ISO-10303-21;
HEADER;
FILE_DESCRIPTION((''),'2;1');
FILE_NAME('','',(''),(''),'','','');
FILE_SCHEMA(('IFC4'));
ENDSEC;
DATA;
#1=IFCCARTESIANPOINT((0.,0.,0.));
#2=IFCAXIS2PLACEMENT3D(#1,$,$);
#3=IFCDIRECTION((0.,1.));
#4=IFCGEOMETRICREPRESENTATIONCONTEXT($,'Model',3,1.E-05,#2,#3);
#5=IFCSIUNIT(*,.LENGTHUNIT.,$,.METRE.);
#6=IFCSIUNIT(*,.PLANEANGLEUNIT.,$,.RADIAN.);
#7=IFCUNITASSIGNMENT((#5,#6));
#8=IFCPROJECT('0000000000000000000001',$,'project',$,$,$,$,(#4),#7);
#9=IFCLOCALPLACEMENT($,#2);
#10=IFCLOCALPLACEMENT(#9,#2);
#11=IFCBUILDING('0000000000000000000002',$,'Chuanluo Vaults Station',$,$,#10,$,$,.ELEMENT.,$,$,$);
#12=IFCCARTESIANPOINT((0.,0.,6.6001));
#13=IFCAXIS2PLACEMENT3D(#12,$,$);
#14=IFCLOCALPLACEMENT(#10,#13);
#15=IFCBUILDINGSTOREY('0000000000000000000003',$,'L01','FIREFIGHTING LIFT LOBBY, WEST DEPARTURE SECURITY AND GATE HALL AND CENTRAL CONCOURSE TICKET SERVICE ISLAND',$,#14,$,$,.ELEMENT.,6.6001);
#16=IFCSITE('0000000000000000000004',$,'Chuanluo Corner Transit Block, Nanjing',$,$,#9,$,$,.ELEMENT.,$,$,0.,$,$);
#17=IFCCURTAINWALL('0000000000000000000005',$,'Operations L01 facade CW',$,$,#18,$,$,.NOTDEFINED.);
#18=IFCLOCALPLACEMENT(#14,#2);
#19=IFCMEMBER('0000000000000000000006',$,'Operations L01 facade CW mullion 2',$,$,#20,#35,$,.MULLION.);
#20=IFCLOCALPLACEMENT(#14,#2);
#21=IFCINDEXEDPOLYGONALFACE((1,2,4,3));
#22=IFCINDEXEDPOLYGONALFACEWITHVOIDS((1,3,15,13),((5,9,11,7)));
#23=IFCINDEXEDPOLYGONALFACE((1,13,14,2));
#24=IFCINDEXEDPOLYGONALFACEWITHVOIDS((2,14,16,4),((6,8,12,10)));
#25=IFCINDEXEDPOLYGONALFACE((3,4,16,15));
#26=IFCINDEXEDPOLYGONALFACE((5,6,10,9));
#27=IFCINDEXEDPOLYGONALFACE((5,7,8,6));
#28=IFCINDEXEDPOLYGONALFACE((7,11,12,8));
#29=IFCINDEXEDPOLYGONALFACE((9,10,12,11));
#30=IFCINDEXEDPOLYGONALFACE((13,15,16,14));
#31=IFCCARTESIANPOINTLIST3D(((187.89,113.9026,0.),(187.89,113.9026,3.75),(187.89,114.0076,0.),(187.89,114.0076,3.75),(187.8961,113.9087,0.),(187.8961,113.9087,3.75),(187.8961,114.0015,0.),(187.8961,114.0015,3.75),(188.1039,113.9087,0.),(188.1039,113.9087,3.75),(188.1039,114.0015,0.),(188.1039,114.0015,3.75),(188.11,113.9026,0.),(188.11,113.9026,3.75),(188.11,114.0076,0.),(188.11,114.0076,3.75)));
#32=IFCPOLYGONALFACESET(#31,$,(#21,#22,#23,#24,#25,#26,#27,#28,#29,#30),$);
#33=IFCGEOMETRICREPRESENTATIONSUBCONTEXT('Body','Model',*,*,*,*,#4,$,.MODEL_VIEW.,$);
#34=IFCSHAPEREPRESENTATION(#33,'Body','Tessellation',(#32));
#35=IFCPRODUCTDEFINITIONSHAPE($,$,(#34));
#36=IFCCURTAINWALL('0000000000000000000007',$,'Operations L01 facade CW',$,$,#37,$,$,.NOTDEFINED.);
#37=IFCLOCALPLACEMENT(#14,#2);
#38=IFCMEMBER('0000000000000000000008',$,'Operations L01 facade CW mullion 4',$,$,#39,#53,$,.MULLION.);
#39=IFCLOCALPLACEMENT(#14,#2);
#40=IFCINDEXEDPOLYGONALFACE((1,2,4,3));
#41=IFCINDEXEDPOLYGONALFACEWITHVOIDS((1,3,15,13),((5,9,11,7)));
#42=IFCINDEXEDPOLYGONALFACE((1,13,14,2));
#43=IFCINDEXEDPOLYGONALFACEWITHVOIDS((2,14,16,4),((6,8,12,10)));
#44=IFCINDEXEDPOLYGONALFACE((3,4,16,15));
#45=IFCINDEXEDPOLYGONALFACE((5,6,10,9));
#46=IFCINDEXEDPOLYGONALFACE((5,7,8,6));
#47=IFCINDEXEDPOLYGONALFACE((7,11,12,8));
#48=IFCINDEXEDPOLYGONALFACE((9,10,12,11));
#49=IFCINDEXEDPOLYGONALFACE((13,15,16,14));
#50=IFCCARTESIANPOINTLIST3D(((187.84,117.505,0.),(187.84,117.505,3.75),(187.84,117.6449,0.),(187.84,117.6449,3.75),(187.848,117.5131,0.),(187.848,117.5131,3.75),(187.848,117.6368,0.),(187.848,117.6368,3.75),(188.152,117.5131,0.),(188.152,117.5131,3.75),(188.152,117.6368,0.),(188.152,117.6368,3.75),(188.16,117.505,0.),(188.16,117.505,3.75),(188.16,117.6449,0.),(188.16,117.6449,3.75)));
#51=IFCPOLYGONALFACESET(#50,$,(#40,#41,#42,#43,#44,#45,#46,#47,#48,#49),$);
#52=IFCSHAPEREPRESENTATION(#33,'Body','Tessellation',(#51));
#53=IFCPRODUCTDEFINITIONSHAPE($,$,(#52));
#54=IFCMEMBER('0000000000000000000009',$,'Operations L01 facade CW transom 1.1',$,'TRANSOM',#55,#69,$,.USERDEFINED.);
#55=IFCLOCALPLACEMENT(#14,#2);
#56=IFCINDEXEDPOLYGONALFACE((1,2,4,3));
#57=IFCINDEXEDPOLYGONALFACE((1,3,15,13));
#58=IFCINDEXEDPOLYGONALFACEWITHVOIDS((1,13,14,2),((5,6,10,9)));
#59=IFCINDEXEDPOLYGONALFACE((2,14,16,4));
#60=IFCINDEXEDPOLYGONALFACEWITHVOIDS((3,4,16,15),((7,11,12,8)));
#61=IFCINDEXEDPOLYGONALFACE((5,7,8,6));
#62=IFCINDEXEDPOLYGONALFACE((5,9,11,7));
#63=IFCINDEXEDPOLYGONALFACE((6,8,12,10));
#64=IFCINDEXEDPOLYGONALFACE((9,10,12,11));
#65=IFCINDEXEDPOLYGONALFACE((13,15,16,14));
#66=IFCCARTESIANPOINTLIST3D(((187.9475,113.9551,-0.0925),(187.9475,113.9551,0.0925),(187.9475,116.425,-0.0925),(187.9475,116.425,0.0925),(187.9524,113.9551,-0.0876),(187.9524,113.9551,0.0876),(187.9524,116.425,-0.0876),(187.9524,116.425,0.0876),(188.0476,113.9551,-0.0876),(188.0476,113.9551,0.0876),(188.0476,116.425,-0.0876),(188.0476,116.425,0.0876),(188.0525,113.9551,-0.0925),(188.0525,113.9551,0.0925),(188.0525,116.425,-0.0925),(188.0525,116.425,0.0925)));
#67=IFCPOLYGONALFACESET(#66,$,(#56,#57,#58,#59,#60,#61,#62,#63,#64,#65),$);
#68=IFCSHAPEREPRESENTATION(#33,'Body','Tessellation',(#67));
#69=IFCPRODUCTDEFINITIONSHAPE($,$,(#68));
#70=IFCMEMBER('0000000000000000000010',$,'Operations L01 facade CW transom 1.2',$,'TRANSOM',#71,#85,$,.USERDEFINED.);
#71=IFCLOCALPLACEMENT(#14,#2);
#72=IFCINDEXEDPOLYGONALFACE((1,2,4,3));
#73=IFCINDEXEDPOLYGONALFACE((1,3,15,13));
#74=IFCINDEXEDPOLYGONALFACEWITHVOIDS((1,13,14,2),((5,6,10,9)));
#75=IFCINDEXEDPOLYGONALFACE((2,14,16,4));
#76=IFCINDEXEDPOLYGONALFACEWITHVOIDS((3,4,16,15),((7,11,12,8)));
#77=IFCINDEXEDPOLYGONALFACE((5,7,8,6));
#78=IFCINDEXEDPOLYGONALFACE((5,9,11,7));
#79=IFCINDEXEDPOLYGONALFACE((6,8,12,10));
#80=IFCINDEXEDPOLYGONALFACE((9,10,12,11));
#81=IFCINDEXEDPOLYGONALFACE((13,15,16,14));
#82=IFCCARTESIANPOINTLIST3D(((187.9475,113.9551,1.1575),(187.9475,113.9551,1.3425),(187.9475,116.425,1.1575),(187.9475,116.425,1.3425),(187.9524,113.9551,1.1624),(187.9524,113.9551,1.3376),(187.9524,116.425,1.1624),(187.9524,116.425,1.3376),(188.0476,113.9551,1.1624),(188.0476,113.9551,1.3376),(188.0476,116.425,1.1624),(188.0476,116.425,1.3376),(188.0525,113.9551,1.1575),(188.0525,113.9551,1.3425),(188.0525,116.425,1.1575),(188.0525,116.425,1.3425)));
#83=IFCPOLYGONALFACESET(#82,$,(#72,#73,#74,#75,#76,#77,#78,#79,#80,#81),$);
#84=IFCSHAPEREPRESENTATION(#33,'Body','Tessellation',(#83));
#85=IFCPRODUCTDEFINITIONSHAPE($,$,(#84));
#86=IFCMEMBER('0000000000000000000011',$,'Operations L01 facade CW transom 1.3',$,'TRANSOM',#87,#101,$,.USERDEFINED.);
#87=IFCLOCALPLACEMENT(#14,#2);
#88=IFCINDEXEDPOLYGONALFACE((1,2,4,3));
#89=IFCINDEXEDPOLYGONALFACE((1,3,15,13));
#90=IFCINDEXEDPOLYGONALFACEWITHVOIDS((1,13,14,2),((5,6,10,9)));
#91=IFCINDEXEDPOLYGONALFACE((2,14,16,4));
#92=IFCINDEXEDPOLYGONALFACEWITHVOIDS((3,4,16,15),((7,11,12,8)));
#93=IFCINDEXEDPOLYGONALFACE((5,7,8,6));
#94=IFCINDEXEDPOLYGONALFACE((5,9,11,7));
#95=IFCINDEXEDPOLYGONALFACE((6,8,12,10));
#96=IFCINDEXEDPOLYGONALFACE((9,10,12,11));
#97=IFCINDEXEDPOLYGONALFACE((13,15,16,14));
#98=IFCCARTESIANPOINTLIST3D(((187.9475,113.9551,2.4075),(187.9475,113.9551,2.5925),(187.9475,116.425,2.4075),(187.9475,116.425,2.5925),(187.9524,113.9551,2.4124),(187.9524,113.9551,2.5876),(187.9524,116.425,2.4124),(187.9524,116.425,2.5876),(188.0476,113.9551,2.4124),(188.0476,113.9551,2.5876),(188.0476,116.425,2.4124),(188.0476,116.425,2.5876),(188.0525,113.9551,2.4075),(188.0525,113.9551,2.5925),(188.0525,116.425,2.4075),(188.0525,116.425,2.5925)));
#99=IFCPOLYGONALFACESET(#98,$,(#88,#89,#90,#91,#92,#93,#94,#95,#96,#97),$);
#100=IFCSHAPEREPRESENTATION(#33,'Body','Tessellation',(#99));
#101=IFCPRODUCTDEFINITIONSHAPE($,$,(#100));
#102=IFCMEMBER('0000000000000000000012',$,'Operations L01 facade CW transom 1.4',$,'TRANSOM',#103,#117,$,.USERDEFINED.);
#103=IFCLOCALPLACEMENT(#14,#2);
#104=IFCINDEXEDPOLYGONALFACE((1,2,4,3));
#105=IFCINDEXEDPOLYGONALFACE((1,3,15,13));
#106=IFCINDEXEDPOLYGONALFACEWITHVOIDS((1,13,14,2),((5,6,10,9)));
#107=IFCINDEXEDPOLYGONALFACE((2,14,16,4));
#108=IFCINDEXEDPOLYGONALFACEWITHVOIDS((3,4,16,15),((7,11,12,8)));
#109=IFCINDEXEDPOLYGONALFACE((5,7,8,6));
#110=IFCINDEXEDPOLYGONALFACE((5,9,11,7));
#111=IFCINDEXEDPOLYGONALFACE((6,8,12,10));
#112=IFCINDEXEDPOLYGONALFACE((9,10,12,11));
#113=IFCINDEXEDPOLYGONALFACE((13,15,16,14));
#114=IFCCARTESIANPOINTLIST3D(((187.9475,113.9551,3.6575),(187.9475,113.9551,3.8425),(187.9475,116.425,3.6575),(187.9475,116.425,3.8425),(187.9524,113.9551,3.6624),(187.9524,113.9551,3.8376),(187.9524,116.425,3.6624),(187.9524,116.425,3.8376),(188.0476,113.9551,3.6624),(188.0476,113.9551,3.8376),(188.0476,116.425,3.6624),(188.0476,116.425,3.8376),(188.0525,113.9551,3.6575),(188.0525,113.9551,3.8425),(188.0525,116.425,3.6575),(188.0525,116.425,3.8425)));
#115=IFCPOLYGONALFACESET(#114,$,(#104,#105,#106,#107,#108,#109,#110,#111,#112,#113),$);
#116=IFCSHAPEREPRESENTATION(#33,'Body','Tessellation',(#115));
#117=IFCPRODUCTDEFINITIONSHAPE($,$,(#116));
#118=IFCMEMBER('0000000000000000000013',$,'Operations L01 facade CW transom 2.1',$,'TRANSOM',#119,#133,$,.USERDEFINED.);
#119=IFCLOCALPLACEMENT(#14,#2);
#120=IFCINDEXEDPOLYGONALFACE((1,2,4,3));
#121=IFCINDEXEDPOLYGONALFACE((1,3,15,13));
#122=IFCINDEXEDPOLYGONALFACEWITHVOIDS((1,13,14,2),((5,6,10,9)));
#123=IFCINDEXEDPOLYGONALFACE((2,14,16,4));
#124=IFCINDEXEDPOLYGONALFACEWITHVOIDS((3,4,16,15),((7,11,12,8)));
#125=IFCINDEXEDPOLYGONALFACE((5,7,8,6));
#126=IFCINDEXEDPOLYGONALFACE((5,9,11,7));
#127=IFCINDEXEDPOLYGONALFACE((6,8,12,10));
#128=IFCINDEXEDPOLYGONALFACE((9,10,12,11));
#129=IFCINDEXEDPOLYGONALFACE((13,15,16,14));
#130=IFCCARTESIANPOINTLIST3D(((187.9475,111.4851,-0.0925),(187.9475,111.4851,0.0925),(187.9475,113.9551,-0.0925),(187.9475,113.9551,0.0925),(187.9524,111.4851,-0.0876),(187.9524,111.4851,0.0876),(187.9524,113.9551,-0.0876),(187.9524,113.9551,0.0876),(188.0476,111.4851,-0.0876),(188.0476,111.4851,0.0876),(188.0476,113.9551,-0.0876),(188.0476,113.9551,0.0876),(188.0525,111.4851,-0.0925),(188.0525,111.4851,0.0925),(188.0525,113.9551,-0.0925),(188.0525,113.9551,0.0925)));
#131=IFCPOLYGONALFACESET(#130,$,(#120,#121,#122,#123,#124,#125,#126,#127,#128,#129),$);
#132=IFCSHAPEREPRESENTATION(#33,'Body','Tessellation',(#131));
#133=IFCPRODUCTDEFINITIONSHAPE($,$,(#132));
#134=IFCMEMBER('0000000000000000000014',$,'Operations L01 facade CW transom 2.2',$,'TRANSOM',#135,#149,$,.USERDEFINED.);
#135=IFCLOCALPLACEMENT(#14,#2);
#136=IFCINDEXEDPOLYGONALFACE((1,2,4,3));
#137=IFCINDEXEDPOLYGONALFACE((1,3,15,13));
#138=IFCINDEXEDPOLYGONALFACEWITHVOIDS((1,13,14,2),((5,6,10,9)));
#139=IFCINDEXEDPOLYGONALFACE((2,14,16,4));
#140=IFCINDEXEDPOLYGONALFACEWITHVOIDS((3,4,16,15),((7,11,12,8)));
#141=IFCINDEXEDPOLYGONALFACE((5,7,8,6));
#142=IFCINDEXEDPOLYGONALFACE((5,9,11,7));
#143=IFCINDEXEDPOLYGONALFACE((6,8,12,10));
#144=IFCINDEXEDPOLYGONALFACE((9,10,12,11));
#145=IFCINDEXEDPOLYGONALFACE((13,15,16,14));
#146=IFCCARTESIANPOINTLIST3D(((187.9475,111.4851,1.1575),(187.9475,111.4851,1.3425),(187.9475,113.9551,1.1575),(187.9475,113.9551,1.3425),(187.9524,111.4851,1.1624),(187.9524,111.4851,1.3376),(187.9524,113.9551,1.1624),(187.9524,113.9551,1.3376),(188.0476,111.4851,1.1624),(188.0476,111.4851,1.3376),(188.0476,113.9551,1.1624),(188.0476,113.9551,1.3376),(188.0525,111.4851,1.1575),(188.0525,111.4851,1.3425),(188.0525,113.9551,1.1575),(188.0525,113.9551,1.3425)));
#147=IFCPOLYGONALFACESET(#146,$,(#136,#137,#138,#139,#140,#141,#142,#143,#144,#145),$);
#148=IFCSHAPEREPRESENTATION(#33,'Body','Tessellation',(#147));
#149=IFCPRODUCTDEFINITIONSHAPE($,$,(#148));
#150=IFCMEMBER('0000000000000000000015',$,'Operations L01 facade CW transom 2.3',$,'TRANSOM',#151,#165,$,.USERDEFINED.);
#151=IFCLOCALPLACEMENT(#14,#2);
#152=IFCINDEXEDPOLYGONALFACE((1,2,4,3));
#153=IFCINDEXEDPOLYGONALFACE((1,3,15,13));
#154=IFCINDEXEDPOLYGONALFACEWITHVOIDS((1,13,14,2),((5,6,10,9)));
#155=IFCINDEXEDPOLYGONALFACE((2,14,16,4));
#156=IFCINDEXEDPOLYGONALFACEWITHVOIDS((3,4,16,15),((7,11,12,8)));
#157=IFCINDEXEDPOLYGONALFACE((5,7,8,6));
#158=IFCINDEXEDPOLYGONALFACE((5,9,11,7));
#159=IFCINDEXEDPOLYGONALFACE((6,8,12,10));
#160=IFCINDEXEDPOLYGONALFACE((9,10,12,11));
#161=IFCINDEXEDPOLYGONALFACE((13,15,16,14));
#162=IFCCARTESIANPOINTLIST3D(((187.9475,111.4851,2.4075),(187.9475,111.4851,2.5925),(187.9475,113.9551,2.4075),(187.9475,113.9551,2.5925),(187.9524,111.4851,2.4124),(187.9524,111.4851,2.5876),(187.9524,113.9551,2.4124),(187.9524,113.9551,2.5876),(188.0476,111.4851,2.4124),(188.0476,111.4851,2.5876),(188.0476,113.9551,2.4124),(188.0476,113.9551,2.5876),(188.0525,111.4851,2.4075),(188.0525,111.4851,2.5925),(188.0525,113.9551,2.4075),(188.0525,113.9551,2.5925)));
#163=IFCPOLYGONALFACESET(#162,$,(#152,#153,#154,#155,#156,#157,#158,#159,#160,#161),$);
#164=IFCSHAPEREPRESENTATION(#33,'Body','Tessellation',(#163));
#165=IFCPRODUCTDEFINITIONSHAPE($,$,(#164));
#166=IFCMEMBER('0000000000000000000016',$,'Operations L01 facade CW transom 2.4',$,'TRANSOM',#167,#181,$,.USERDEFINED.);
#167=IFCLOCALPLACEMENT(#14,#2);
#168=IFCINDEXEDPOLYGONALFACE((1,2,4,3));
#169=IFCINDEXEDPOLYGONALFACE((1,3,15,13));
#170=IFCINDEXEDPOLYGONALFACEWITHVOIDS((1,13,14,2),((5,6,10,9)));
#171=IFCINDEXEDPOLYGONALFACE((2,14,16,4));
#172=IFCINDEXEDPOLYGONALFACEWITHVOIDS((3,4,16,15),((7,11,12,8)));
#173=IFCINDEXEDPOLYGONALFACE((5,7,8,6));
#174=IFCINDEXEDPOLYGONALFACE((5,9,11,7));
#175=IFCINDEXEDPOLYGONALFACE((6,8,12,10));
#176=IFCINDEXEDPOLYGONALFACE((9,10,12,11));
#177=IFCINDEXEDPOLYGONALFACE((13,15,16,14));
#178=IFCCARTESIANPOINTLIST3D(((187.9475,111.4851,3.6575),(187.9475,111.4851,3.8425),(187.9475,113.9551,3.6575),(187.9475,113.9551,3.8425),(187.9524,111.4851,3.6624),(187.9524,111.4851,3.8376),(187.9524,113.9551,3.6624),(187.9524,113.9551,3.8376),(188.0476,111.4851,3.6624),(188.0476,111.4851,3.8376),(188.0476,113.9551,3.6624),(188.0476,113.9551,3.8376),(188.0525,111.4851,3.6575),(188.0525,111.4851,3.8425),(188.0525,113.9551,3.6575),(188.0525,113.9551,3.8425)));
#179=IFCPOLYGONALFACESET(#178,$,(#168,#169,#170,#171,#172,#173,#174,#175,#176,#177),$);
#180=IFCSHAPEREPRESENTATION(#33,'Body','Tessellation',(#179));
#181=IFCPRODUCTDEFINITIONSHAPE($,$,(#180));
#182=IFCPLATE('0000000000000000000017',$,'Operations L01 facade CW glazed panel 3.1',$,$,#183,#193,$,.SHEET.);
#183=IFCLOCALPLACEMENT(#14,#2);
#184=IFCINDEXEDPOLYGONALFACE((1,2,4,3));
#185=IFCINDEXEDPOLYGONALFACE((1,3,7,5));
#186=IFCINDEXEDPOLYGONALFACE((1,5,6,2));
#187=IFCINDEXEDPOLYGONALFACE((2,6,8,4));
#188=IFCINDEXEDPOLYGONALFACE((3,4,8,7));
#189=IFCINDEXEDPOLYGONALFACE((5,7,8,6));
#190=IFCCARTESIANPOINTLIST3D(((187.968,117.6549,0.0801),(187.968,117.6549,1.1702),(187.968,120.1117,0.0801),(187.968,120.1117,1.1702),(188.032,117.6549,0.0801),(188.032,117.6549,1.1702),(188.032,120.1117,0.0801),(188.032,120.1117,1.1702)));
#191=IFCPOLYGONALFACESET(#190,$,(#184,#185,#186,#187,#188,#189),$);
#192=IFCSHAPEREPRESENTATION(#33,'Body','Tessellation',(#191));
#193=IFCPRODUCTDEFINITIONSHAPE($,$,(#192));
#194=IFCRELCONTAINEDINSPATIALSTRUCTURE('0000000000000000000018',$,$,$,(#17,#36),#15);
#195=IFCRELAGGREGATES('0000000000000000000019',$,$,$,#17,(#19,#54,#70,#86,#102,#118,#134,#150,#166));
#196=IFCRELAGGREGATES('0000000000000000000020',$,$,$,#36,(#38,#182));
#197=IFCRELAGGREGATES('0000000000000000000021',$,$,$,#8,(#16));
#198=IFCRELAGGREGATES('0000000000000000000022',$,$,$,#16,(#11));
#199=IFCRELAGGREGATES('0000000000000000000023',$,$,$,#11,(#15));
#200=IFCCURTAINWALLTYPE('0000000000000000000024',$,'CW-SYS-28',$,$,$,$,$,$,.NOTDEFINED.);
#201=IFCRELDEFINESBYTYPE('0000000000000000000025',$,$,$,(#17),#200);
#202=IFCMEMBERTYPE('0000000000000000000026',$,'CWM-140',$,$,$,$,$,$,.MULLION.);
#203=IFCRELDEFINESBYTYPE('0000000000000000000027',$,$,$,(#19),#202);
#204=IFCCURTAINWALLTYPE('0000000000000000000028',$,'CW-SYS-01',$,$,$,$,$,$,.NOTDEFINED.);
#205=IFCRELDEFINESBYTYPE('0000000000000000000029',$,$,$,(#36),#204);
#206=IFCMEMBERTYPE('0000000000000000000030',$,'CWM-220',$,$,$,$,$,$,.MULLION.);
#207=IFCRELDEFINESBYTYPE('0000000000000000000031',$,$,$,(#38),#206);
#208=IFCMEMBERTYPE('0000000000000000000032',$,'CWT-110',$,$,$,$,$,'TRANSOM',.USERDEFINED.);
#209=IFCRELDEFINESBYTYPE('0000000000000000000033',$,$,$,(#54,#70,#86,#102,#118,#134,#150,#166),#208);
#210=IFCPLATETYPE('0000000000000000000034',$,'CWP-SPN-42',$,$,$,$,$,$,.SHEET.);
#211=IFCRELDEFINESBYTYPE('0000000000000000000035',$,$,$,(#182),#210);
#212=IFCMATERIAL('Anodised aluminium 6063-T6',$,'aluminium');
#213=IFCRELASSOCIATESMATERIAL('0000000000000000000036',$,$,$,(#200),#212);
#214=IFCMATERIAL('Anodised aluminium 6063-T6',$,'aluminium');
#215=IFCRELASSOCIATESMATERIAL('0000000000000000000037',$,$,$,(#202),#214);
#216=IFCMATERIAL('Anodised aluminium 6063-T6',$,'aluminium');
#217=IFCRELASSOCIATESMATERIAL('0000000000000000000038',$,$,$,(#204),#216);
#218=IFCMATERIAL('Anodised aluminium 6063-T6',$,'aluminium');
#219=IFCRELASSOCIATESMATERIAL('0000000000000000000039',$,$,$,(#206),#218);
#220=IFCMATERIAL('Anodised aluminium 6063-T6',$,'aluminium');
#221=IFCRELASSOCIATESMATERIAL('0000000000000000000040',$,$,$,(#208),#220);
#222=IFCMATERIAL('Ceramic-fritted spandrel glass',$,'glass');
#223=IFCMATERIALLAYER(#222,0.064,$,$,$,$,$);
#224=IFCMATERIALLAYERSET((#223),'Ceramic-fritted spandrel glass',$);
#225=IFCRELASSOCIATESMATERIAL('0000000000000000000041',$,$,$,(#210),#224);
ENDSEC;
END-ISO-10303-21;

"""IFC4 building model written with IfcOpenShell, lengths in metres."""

from ifc_helpers import new_model, si_unit, direction, frame, origin, origin_2d, place, context, subcontext, project, spatial, rectangle, hollow_rectangle, extrude, material, layer, layer_set, material_profile, profile_set, type_object, element, aggregate, save


model = new_model("IFC4")

# Units and contexts
model_context = context("Model", 3, precision=1e-05, world=origin(), true_north=direction((0.0, 1.0)))
body_context = subcontext(model_context, "Body", "Model", "MODEL_VIEW")
ifc_project = project(units=[si_unit("LENGTHUNIT", "METRE"), si_unit("PLANEANGLEUNIT", "RADIAN")], contexts=[model_context])

# Site, building, storey
site_placement = place(None, origin())
site = spatial("IfcSite", under=ifc_project, at=site_placement, Name="Chuanluo Corner Transit Block, Nanjing", CompositionType="ELEMENT", RefElevation=0.0)
building_placement = place(site_placement, origin())
building = spatial("IfcBuilding", under=site, at=building_placement, Name="Chuanluo Vaults Station", CompositionType="ELEMENT")
storey_placement = place(building_placement, frame((0.0, 0.0, 6.6001)))
storey = spatial("IfcBuildingStorey", under=building, at=storey_placement, Name="L01", Description="FIREFIGHTING LIFT LOBBY, WEST DEPARTURE SECURITY AND GATE HALL AND CENTRAL CONCOURSE TICKET SERVICE ISLAND", CompositionType="ELEMENT", Elevation=6.6001)

# Curtain wall, member
ifc_material_1 = material(Name="Anodised aluminium 6063-T6", Category="aluminium")
curtain_wall_type_1 = type_object("IfcCurtainWallType", Name="CW-SYS-28", PredefinedType="NOTDEFINED", material=ifc_material_1)
curtain_wall_1_placement = place(storey_placement, origin())
curtain_wall_1 = element("IfcCurtainWall", 1, at=curtain_wall_1_placement, inside=storey, type_object=curtain_wall_type_1, Name="Operations L01 facade CW", PredefinedType="NOTDEFINED")
ifc_material_2 = material(Name="Anodised aluminium 6063-T6", Category="aluminium")
ifc_material_profile_1 = material_profile(ifc_material_2, hollow_rectangle(XDim=0.105, YDim=0.22, WallThickness=0.0061, at=origin_2d()))
ifc_profile_set_1 = profile_set([ifc_material_profile_1], Name="Anodised aluminium 6063-T6")
member_type_1 = type_object("IfcMemberType", Name="CWM-140", PredefinedType="MULLION", material=ifc_profile_set_1)
member_1_placement = place(storey_placement, frame((188.0, 113.9551, 0.0), z_axis=(0.0, 0.0, 1.0), x_axis=(0.0, -1.0, 0.0)))
member_1 = element("IfcMember", 2, at=member_1_placement, type_object=member_type_1, Name="Operations L01 facade CW mullion 2", PredefinedType="MULLION", context=body_context, shape_type="SweptSolid", body=[
    extrude(hollow_rectangle(XDim=0.105, YDim=0.22, WallThickness=0.0061, at=origin_2d()), origin(), (0.0, 0.0, 1.0), 3.75),
])

# Curtain wall, member
ifc_material_3 = material(Name="Anodised aluminium 6063-T6", Category="aluminium")
curtain_wall_type_2 = type_object("IfcCurtainWallType", Name="CW-SYS-01", PredefinedType="NOTDEFINED", material=ifc_material_3)
curtain_wall_2_placement = place(storey_placement, origin())
curtain_wall_2 = element("IfcCurtainWall", 3, at=curtain_wall_2_placement, inside=storey, type_object=curtain_wall_type_2, Name="Operations L01 facade CW", PredefinedType="NOTDEFINED")
ifc_material_4 = material(Name="Anodised aluminium 6063-T6", Category="aluminium")
ifc_material_profile_2 = material_profile(ifc_material_4, hollow_rectangle(XDim=0.1399, YDim=0.3201, WallThickness=0.0081, at=origin_2d()))
ifc_profile_set_2 = profile_set([ifc_material_profile_2], Name="Anodised aluminium 6063-T6")
member_type_2 = type_object("IfcMemberType", Name="CWM-220", PredefinedType="MULLION", material=ifc_profile_set_2)
member_2_placement = place(storey_placement, frame((188.0, 117.575, 0.0), z_axis=(0.0, 0.0, 1.0), x_axis=(0.0, -1.0, 0.0)))
member_2 = element("IfcMember", 4, at=member_2_placement, type_object=member_type_2, Name="Operations L01 facade CW mullion 4", PredefinedType="MULLION", context=body_context, shape_type="SweptSolid", body=[
    extrude(hollow_rectangle(XDim=0.1399, YDim=0.3201, WallThickness=0.0081, at=origin_2d()), origin(), (0.0, 0.0, 1.0), 3.75),
])

# Members
ifc_material_5 = material(Name="Anodised aluminium 6063-T6", Category="aluminium")
ifc_material_profile_3 = material_profile(ifc_material_5, hollow_rectangle(XDim=0.105, YDim=0.1851, WallThickness=0.0049, at=origin_2d()))
ifc_profile_set_3 = profile_set([ifc_material_profile_3], Name="Anodised aluminium 6063-T6")
member_type_3 = type_object("IfcMemberType", Name="CWT-110", ElementType="TRANSOM", PredefinedType="USERDEFINED", material=ifc_profile_set_3)
member_3_placement = place(storey_placement, frame((188.0, 116.425, 0.0), z_axis=(0.0, -1.0, 0.0), x_axis=(1.0, 0.0, 0.0)))
member_3 = element("IfcMember", 5, at=member_3_placement, type_object=member_type_3, Name="Operations L01 facade CW transom 1.1", ObjectType="TRANSOM", PredefinedType="USERDEFINED", context=body_context, shape_type="SweptSolid", body=[
    extrude(hollow_rectangle(XDim=0.105, YDim=0.1851, WallThickness=0.0049, at=origin_2d()), origin(), (0.0, 0.0, 1.0), 2.47),
])
member_4_placement = place(storey_placement, frame((188.0, 116.425, 1.25), z_axis=(0.0, -1.0, 0.0), x_axis=(1.0, 0.0, 0.0)))
member_4 = element("IfcMember", 6, at=member_4_placement, type_object=member_type_3, Name="Operations L01 facade CW transom 1.2", ObjectType="TRANSOM", PredefinedType="USERDEFINED", context=body_context, shape_type="SweptSolid", body=[
    extrude(hollow_rectangle(XDim=0.105, YDim=0.1851, WallThickness=0.0049, at=origin_2d()), origin(), (0.0, 0.0, 1.0), 2.47),
])
member_5_placement = place(storey_placement, frame((188.0, 116.425, 2.5), z_axis=(0.0, -1.0, 0.0), x_axis=(1.0, 0.0, 0.0)))
member_5 = element("IfcMember", 7, at=member_5_placement, type_object=member_type_3, Name="Operations L01 facade CW transom 1.3", ObjectType="TRANSOM", PredefinedType="USERDEFINED", context=body_context, shape_type="SweptSolid", body=[
    extrude(hollow_rectangle(XDim=0.105, YDim=0.1851, WallThickness=0.0049, at=origin_2d()), origin(), (0.0, 0.0, 1.0), 2.47),
])
member_6_placement = place(storey_placement, frame((188.0, 116.425, 3.75), z_axis=(0.0, -1.0, 0.0), x_axis=(1.0, 0.0, 0.0)))
member_6 = element("IfcMember", 8, at=member_6_placement, type_object=member_type_3, Name="Operations L01 facade CW transom 1.4", ObjectType="TRANSOM", PredefinedType="USERDEFINED", context=body_context, shape_type="SweptSolid", body=[
    extrude(hollow_rectangle(XDim=0.105, YDim=0.1851, WallThickness=0.0049, at=origin_2d()), origin(), (0.0, 0.0, 1.0), 2.47),
])
member_7_placement = place(storey_placement, frame((188.0, 113.9551, 0.0), z_axis=(0.0, -1.0, 0.0), x_axis=(1.0, 0.0, 0.0)))
member_7 = element("IfcMember", 9, at=member_7_placement, type_object=member_type_3, Name="Operations L01 facade CW transom 2.1", ObjectType="TRANSOM", PredefinedType="USERDEFINED", context=body_context, shape_type="SweptSolid", body=[
    extrude(hollow_rectangle(XDim=0.105, YDim=0.1851, WallThickness=0.0049, at=origin_2d()), origin(), (0.0, 0.0, 1.0), 2.47),
])
member_8_placement = place(storey_placement, frame((188.0, 113.9551, 1.25), z_axis=(0.0, -1.0, 0.0), x_axis=(1.0, 0.0, 0.0)))
member_8 = element("IfcMember", 10, at=member_8_placement, type_object=member_type_3, Name="Operations L01 facade CW transom 2.2", ObjectType="TRANSOM", PredefinedType="USERDEFINED", context=body_context, shape_type="SweptSolid", body=[
    extrude(hollow_rectangle(XDim=0.105, YDim=0.1851, WallThickness=0.0049, at=origin_2d()), origin(), (0.0, 0.0, 1.0), 2.47),
])
member_9_placement = place(storey_placement, frame((188.0, 113.9551, 2.5), z_axis=(0.0, -1.0, 0.0), x_axis=(1.0, 0.0, 0.0)))
member_9 = element("IfcMember", 11, at=member_9_placement, type_object=member_type_3, Name="Operations L01 facade CW transom 2.3", ObjectType="TRANSOM", PredefinedType="USERDEFINED", context=body_context, shape_type="SweptSolid", body=[
    extrude(hollow_rectangle(XDim=0.105, YDim=0.1851, WallThickness=0.0049, at=origin_2d()), origin(), (0.0, 0.0, 1.0), 2.47),
])
member_10_placement = place(storey_placement, frame((188.0, 113.9551, 3.75), z_axis=(0.0, -1.0, 0.0), x_axis=(1.0, 0.0, 0.0)))
member_10 = element("IfcMember", 12, at=member_10_placement, type_object=member_type_3, Name="Operations L01 facade CW transom 2.4", ObjectType="TRANSOM", PredefinedType="USERDEFINED", context=body_context, shape_type="SweptSolid", body=[
    extrude(hollow_rectangle(XDim=0.105, YDim=0.1851, WallThickness=0.0049, at=origin_2d()), origin(), (0.0, 0.0, 1.0), 2.47),
])

# Plate
ifc_material_6 = material(Name="Ceramic-fritted spandrel glass", Category="glass")
ifc_layer_1 = layer(ifc_material_6, 0.064)
ifc_layer_set_1 = layer_set([ifc_layer_1], Name="Ceramic-fritted spandrel glass")
plate_type_1 = type_object("IfcPlateType", Name="CWP-SPN-42", PredefinedType="SHEET", material=ifc_layer_set_1)
plate_1_placement = place(storey_placement, frame((188.0, 118.8833, 0.0801), z_axis=(0.0, 0.0, 1.0), x_axis=(0.0, -1.0, 0.0)))
plate_1 = element("IfcPlate", 13, at=plate_1_placement, type_object=plate_type_1, Name="Operations L01 facade CW glazed panel 3.1", PredefinedType="SHEET", context=body_context, shape_type="SweptSolid", body=[
    extrude(rectangle(XDim=2.4568, YDim=0.064, at=origin_2d()), origin(), (0.0, 0.0, 1.0), 1.0901),
])
aggregate(curtain_wall_1, [member_1, member_3, member_4, member_5, member_6, member_7, member_8, member_9, member_10])
aggregate(curtain_wall_2, [member_2, plate_1])

save(model, "model.ifc")
